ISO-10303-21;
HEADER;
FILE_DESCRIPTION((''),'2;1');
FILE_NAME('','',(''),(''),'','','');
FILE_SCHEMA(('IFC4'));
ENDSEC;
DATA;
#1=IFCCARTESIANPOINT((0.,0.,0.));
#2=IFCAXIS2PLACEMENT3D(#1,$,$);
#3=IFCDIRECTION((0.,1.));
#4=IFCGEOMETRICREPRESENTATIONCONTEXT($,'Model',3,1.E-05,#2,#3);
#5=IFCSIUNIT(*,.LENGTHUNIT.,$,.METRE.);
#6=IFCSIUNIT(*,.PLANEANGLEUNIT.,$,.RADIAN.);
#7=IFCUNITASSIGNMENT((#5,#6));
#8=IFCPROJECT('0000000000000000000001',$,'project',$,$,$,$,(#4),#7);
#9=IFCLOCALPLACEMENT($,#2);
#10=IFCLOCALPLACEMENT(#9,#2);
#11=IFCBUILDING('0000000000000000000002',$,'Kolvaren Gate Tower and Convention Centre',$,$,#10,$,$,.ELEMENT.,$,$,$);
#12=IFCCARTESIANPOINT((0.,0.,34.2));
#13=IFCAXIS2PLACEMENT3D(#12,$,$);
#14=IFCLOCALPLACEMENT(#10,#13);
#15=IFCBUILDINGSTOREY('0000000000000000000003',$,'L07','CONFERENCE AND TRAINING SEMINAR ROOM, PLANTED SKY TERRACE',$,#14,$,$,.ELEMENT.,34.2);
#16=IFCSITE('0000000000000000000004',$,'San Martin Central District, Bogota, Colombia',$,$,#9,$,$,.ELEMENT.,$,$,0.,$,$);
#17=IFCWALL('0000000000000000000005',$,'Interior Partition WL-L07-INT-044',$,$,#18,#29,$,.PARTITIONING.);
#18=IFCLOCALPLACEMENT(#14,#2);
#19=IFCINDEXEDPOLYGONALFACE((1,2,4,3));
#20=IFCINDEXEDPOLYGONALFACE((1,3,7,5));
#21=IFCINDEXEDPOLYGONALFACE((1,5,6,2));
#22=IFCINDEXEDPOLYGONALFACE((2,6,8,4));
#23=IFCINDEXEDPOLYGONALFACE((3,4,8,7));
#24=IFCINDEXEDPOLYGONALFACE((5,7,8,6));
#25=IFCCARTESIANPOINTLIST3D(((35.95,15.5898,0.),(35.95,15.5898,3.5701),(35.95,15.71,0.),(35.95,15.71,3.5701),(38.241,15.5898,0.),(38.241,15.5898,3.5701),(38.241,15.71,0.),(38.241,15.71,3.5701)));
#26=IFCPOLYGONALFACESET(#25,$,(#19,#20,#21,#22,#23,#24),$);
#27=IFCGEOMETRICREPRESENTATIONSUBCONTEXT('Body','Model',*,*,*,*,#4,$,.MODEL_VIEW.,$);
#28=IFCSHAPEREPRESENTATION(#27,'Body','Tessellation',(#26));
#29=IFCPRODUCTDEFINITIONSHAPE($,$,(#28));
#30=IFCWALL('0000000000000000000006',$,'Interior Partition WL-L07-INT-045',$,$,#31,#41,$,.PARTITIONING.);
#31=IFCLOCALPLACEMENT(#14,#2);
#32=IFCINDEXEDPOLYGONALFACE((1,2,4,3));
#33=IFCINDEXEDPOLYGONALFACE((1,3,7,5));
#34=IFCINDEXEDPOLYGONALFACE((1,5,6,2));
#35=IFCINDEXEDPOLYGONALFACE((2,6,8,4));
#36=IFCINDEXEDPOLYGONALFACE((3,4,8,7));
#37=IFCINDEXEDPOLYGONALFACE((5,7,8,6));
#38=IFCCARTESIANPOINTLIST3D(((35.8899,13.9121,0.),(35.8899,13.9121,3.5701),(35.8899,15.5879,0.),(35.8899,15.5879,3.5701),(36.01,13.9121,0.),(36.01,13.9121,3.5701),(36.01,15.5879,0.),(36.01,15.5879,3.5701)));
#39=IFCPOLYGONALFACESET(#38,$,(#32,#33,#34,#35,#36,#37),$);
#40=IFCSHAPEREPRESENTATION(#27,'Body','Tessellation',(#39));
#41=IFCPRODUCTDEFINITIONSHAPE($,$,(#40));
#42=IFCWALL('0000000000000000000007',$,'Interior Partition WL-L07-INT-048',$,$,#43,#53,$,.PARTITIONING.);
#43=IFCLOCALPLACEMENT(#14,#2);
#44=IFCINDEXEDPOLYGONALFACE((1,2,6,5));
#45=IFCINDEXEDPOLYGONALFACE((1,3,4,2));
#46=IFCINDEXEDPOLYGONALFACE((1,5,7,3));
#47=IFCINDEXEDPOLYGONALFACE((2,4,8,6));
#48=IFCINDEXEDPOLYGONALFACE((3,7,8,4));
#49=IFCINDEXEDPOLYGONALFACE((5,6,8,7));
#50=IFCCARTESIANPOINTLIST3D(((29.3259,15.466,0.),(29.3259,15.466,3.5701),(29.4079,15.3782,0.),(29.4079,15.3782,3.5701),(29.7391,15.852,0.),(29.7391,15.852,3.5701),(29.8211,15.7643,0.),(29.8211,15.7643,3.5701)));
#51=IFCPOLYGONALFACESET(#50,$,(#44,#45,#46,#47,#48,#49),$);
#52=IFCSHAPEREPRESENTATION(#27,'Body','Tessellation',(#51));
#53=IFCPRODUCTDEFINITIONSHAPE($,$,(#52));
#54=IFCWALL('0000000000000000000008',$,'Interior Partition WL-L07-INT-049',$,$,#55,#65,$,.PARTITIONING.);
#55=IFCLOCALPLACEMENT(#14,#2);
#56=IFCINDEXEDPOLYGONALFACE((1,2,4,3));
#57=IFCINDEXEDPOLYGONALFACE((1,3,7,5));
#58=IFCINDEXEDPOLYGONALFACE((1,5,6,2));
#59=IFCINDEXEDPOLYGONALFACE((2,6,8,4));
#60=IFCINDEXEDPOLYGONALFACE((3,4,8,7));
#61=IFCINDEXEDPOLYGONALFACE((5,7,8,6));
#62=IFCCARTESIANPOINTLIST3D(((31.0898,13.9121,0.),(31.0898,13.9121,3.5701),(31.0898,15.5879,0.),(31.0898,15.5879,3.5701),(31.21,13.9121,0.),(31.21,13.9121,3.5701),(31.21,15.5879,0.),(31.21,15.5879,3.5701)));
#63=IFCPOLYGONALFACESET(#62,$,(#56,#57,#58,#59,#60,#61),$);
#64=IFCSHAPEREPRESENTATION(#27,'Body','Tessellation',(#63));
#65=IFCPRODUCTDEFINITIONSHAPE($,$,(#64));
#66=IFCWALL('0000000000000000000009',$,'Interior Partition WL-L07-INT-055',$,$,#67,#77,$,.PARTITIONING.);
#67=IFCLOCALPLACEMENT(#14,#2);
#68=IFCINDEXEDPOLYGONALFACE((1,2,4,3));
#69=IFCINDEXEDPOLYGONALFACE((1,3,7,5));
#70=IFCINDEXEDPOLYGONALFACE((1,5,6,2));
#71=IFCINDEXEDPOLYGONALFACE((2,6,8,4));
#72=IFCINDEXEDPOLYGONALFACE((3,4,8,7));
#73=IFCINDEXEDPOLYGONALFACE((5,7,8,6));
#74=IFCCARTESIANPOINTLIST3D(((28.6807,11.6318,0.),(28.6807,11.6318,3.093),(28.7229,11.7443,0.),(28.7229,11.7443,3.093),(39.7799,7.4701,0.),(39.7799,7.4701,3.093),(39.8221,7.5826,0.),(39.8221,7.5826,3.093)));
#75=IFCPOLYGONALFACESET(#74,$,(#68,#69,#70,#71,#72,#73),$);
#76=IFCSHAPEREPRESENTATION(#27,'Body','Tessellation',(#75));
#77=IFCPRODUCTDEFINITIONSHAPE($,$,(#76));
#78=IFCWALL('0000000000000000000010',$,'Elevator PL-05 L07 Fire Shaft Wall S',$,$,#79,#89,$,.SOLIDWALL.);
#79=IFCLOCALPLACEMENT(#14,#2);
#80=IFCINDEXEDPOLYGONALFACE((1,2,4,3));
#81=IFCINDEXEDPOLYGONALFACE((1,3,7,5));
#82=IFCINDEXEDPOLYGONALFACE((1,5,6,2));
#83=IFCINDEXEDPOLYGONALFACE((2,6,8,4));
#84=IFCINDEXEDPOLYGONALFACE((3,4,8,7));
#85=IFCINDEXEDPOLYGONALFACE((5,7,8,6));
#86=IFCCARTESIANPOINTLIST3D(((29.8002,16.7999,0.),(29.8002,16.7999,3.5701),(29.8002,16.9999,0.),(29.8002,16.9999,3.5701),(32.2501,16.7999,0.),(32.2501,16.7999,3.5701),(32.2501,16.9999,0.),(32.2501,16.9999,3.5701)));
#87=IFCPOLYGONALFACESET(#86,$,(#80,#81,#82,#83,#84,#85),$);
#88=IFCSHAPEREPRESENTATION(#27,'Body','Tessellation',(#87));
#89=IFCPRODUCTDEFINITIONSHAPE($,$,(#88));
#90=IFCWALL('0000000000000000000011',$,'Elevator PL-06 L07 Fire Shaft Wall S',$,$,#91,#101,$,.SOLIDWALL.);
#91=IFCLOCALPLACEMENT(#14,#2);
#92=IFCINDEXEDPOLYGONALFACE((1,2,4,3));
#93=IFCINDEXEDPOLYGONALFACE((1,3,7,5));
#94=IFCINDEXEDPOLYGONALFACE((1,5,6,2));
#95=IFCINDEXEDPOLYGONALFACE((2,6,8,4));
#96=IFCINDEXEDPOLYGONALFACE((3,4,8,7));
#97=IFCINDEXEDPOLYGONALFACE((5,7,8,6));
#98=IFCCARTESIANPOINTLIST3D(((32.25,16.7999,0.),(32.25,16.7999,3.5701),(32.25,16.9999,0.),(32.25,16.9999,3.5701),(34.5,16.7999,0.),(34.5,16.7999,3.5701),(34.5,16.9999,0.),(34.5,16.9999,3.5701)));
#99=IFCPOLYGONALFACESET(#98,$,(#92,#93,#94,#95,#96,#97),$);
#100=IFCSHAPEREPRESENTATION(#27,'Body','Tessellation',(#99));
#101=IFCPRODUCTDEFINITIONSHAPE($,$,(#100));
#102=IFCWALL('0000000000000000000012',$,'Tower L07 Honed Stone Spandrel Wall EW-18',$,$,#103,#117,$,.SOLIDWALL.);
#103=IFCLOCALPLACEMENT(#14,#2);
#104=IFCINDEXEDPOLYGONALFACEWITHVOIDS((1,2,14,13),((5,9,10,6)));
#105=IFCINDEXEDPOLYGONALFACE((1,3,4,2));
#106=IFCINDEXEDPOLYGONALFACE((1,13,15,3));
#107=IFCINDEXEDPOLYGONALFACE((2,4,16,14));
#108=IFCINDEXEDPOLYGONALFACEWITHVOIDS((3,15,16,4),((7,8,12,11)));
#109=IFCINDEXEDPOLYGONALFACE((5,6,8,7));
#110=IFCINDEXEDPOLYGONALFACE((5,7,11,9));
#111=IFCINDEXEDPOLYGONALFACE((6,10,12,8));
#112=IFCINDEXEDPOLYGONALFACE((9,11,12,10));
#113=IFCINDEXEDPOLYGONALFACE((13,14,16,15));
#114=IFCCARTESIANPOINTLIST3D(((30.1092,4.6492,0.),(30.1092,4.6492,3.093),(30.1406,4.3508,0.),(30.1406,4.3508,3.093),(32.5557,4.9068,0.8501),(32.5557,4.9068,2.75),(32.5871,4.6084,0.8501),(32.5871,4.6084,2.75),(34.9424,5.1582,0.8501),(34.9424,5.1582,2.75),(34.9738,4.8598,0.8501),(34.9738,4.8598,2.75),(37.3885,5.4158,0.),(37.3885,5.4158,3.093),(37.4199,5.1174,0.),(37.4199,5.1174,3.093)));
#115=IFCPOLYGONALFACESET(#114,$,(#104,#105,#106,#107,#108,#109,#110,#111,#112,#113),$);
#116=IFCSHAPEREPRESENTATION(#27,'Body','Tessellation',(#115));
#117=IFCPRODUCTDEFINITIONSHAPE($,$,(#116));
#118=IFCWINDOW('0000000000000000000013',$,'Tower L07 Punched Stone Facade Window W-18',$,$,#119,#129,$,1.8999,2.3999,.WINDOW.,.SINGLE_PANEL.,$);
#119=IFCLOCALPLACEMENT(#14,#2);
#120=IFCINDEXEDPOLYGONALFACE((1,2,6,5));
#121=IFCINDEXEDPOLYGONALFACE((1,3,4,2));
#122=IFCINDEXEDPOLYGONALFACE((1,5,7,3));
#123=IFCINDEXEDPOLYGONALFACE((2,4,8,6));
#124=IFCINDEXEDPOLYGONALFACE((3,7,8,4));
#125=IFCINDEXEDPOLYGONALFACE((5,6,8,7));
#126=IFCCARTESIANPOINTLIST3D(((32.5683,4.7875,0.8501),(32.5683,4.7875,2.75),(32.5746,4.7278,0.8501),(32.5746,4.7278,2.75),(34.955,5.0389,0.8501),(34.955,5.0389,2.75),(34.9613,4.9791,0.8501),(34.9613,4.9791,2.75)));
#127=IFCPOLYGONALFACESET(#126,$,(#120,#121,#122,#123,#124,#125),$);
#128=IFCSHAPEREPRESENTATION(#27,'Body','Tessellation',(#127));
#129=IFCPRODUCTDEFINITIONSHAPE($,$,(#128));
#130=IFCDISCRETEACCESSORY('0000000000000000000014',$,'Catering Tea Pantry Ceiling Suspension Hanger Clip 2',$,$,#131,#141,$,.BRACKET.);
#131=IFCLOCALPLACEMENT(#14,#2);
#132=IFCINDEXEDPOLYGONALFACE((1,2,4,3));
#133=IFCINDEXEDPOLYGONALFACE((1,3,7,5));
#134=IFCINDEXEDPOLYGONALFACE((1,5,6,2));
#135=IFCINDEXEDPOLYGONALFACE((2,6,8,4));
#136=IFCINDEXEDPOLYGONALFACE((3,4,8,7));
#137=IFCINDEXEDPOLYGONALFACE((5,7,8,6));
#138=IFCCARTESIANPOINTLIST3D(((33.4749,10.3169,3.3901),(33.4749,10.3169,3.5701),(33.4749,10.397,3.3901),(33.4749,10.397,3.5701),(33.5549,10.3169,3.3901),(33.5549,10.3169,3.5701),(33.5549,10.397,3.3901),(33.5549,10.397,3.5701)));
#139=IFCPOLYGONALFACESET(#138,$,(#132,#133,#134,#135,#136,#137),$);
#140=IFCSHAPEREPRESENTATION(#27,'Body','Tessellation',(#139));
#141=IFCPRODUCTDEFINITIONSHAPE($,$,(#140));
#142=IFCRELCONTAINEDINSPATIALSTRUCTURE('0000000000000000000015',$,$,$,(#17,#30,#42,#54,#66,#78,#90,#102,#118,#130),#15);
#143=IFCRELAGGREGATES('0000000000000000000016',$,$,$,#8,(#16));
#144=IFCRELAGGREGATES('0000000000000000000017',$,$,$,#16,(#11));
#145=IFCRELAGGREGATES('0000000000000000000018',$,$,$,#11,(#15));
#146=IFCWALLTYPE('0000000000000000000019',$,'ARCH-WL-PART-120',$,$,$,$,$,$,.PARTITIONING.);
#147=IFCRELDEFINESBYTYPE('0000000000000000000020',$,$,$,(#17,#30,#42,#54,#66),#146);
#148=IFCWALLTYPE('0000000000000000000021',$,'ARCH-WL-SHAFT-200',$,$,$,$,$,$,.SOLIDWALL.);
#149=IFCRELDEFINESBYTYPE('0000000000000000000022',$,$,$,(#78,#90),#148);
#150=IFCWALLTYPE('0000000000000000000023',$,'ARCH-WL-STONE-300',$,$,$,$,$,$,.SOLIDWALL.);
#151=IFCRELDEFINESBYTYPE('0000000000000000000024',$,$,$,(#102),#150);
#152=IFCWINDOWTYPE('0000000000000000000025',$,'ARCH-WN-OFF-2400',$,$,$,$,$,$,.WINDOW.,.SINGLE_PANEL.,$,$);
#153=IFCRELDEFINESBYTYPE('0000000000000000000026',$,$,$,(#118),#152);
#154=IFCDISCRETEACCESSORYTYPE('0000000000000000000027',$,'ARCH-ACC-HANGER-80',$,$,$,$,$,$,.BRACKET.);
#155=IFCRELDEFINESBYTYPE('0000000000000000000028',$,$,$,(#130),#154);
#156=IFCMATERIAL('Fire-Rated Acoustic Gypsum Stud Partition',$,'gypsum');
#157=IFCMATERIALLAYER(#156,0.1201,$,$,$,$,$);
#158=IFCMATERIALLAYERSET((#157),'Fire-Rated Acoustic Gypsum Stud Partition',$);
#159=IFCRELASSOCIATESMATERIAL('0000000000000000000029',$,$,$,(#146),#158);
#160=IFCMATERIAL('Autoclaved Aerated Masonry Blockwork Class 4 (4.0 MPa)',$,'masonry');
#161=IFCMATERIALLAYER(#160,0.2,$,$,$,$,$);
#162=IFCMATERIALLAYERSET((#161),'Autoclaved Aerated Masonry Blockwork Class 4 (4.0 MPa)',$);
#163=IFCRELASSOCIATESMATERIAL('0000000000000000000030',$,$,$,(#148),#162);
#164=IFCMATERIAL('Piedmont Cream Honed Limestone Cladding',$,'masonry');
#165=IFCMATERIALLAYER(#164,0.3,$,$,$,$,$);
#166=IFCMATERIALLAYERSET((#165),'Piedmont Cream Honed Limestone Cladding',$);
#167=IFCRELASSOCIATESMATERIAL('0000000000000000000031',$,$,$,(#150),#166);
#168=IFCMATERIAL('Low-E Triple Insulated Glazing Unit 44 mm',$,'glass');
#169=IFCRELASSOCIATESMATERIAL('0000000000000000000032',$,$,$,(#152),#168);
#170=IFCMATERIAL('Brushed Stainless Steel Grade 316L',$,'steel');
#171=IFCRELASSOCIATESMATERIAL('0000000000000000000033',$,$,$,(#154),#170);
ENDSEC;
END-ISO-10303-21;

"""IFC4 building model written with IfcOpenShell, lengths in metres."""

from ifc_helpers import new_model, si_unit, direction, frame, frame_2d, origin, origin_2d, place, context, subcontext, project, spatial, rectangle, extrude, material, layer, layer_set, type_object, element, fill, save


model = new_model("IFC4")

# Units and contexts
model_context = context("Model", 3, precision=1e-05, world=origin(), true_north=direction((0.0, 1.0)))
body_context = subcontext(model_context, "Body", "Model", "MODEL_VIEW")
ifc_project = project(units=[si_unit("LENGTHUNIT", "METRE"), si_unit("PLANEANGLEUNIT", "RADIAN")], contexts=[model_context])

# Site, building, storey
site_placement = place(None, origin())
site = spatial("IfcSite", under=ifc_project, at=site_placement, Name="San Martin Central District, Bogota, Colombia", CompositionType="ELEMENT", RefElevation=0.0)
building_placement = place(site_placement, origin())
building = spatial("IfcBuilding", under=site, at=building_placement, Name="Kolvaren Gate Tower and Convention Centre", CompositionType="ELEMENT")
storey_placement = place(building_placement, frame((0.0, 0.0, 34.2)))
storey = spatial("IfcBuildingStorey", under=building, at=storey_placement, Name="L07", Description="CONFERENCE AND TRAINING SEMINAR ROOM, PLANTED SKY TERRACE", CompositionType="ELEMENT", Elevation=34.2)

# Walls
ifc_material_1 = material(Name="Fire-Rated Acoustic Gypsum Stud Partition", Category="gypsum")
ifc_layer_1 = layer(ifc_material_1, 0.1201)
ifc_layer_set_1 = layer_set([ifc_layer_1], Name="Fire-Rated Acoustic Gypsum Stud Partition")
wall_type_1 = type_object("IfcWallType", Name="ARCH-WL-PART-120", PredefinedType="PARTITIONING", material=ifc_layer_set_1)
wall_1_placement = place(storey_placement, frame((35.95, 15.6499, 0.0), z_axis=(0.0, 0.0, 1.0), x_axis=(1.0, 0.0, 0.0)))
element("IfcWall", 1, at=wall_1_placement, inside=storey, type_object=wall_type_1, Name="Interior Partition WL-L07-INT-044", PredefinedType="PARTITIONING", context=body_context, shape_type="SweptSolid", body=[
    extrude(rectangle(XDim=2.291, YDim=0.1201, at=frame_2d((1.1455, 0.0))), origin(), (0.0, 0.0, 1.0), 3.5701),
])
wall_2_placement = place(storey_placement, frame((35.95, 13.9121, 0.0), z_axis=(0.0, 0.0, 1.0), x_axis=(0.0, 1.0, 0.0)))
element("IfcWall", 2, at=wall_2_placement, inside=storey, type_object=wall_type_1, Name="Interior Partition WL-L07-INT-045", PredefinedType="PARTITIONING", context=body_context, shape_type="SweptSolid", body=[
    extrude(rectangle(XDim=1.6758, YDim=0.1201, at=frame_2d((0.8379, 0.0))), origin(), (0.0, 0.0, 1.0), 3.5701),
])
wall_3_placement = place(storey_placement, frame((29.3669, 15.4221, 0.0), z_axis=(0.0, 0.0, 1.0), x_axis=(0.730667, 0.682734, 0.0)))
element("IfcWall", 3, at=wall_3_placement, inside=storey, type_object=wall_type_1, Name="Interior Partition WL-L07-INT-048", PredefinedType="PARTITIONING", context=body_context, shape_type="SweptSolid", body=[
    extrude(rectangle(XDim=0.5654, YDim=0.1201, at=frame_2d((0.2827, 0.0))), origin(), (0.0, 0.0, 1.0), 3.5701),
])
wall_4_placement = place(storey_placement, frame((31.1499, 13.9121, 0.0), z_axis=(0.0, 0.0, 1.0), x_axis=(0.0, 1.0, 0.0)))
element("IfcWall", 4, at=wall_4_placement, inside=storey, type_object=wall_type_1, Name="Interior Partition WL-L07-INT-049", PredefinedType="PARTITIONING", context=body_context, shape_type="SweptSolid", body=[
    extrude(rectangle(XDim=1.6758, YDim=0.1201, at=frame_2d((0.8379, 0.0))), origin(), (0.0, 0.0, 1.0), 3.5701),
])
wall_5_placement = place(storey_placement, frame((28.7019, 11.688, 0.0), z_axis=(0.0, 0.0, 1.0), x_axis=(0.936344, -0.351083, 0.0)))
element("IfcWall", 5, at=wall_5_placement, inside=storey, type_object=wall_type_1, Name="Interior Partition WL-L07-INT-055", PredefinedType="PARTITIONING", context=body_context, shape_type="SweptSolid", body=[
    extrude(rectangle(XDim=11.8538, YDim=0.1201, at=frame_2d((5.9268, 0.0))), origin(), (0.0, 0.0, 1.0), 3.093),
])
ifc_material_2 = material(Name="Autoclaved Aerated Masonry Blockwork Class 4 (4.0 MPa)", Category="masonry")
ifc_layer_2 = layer(ifc_material_2, 0.2)
ifc_layer_set_2 = layer_set([ifc_layer_2], Name="Autoclaved Aerated Masonry Blockwork Class 4 (4.0 MPa)")
wall_type_2 = type_object("IfcWallType", Name="ARCH-WL-SHAFT-200", PredefinedType="SOLIDWALL", material=ifc_layer_set_2)
wall_6_placement = place(storey_placement, frame((29.8, 16.8999, 0.0), z_axis=(0.0, 0.0, 1.0), x_axis=(1.0, 0.0, 0.0)))
element("IfcWall", 6, at=wall_6_placement, inside=storey, type_object=wall_type_2, Name="Elevator PL-05 L07 Fire Shaft Wall S", PredefinedType="SOLIDWALL", context=body_context, shape_type="SweptSolid", body=[
    extrude(rectangle(XDim=2.45, YDim=0.2, at=frame_2d((1.2251, 0.0))), origin(), (0.0, 0.0, 1.0), 3.5701),
])
wall_7_placement = place(storey_placement, frame((32.25, 16.8999, 0.0), z_axis=(0.0, 0.0, 1.0), x_axis=(1.0, 0.0, 0.0)))
element("IfcWall", 7, at=wall_7_placement, inside=storey, type_object=wall_type_2, Name="Elevator PL-06 L07 Fire Shaft Wall S", PredefinedType="SOLIDWALL", context=body_context, shape_type="SweptSolid", body=[
    extrude(rectangle(XDim=2.25, YDim=0.2, at=frame_2d((1.125, 0.0))), origin(), (0.0, 0.0, 1.0), 3.5701),
])

# Wall, opening, window
ifc_material_3 = material(Name="Piedmont Cream Honed Limestone Cladding", Category="masonry")
ifc_layer_3 = layer(ifc_material_3, 0.3)
ifc_layer_set_3 = layer_set([ifc_layer_3], Name="Piedmont Cream Honed Limestone Cladding")
wall_type_3 = type_object("IfcWallType", Name="ARCH-WL-STONE-300", PredefinedType="SOLIDWALL", material=ifc_layer_set_3)
wall_8_placement = place(storey_placement, frame((30.125, 4.5, 0.0), z_axis=(0.0, 0.0, 1.0), x_axis=(0.9945, 0.104733, 0.0)))
wall_8 = element("IfcWall", 8, at=wall_8_placement, inside=storey, type_object=wall_type_3, Name="Tower L07 Honed Stone Spandrel Wall EW-18", PredefinedType="SOLIDWALL", context=body_context, shape_type="SweptSolid", body=[
    extrude(rectangle(XDim=7.3196, YDim=0.3, at=frame_2d((3.6597, 0.0))), origin(), (0.0, 0.0, 1.0), 3.093),
])
opening_placement = place(wall_8_placement, frame((2.46, 0.0, 0.8501)))
opening = element("IfcOpeningElement", 9, at=opening_placement, cuts=wall_8, PredefinedType="OPENING", context=body_context, shape_type="SweptSolid", body=[
    extrude(rectangle(XDim=2.3999, YDim=1.8999, at=frame_2d((1.2, 0.95))), frame((0.0, 0.1599, 0.0), z_axis=(0.0, -1.0, 0.0), x_axis=(1.0, 0.0, 0.0)), (0.0, 0.0, 1.0), 0.3201),
])
ifc_material_4 = material(Name="Low-E Triple Insulated Glazing Unit 44 mm", Category="glass")
window_type = type_object("IfcWindowType", Name="ARCH-WN-OFF-2400", PartitioningType="SINGLE_PANEL", PredefinedType="WINDOW", material=ifc_material_4)
window_placement = place(opening_placement, origin())
window = element("IfcWindow", 10, at=window_placement, inside=storey, type_object=window_type, Name="Tower L07 Punched Stone Facade Window W-18", OverallHeight=1.8999, OverallWidth=2.3999, PartitioningType="SINGLE_PANEL", PredefinedType="WINDOW", context=body_context, shape_type="SweptSolid", body=[
    extrude(rectangle(XDim=2.3999, YDim=1.8999, at=frame_2d((1.2, 0.95))), frame((0.0, 0.03, 0.0), z_axis=(0.0, -1.0, 0.0), x_axis=(1.0, 0.0, 0.0)), (0.0, 0.0, 1.0), 0.0601),
])
fill(opening, window)

# Discrete accessory
ifc_material_5 = material(Name="Brushed Stainless Steel Grade 316L", Category="steel")
discrete_accessory_type = type_object("IfcDiscreteAccessoryType", Name="ARCH-ACC-HANGER-80", PredefinedType="BRACKET", material=ifc_material_5)
discrete_accessory_placement = place(storey_placement, frame((33.5149, 10.3569, 3.3901), z_axis=(0.0, 0.0, 1.0), x_axis=(1.0, 0.0, 0.0)))
element("IfcDiscreteAccessory", 11, at=discrete_accessory_placement, inside=storey, type_object=discrete_accessory_type, Name="Catering Tea Pantry Ceiling Suspension Hanger Clip 2", PredefinedType="BRACKET", context=body_context, shape_type="SweptSolid", body=[
    extrude(rectangle(XDim=0.0801, YDim=0.0801, at=origin_2d()), origin(), (0.0, 0.0, 1.0), 0.1799),
])

save(model, "model.ifc")
